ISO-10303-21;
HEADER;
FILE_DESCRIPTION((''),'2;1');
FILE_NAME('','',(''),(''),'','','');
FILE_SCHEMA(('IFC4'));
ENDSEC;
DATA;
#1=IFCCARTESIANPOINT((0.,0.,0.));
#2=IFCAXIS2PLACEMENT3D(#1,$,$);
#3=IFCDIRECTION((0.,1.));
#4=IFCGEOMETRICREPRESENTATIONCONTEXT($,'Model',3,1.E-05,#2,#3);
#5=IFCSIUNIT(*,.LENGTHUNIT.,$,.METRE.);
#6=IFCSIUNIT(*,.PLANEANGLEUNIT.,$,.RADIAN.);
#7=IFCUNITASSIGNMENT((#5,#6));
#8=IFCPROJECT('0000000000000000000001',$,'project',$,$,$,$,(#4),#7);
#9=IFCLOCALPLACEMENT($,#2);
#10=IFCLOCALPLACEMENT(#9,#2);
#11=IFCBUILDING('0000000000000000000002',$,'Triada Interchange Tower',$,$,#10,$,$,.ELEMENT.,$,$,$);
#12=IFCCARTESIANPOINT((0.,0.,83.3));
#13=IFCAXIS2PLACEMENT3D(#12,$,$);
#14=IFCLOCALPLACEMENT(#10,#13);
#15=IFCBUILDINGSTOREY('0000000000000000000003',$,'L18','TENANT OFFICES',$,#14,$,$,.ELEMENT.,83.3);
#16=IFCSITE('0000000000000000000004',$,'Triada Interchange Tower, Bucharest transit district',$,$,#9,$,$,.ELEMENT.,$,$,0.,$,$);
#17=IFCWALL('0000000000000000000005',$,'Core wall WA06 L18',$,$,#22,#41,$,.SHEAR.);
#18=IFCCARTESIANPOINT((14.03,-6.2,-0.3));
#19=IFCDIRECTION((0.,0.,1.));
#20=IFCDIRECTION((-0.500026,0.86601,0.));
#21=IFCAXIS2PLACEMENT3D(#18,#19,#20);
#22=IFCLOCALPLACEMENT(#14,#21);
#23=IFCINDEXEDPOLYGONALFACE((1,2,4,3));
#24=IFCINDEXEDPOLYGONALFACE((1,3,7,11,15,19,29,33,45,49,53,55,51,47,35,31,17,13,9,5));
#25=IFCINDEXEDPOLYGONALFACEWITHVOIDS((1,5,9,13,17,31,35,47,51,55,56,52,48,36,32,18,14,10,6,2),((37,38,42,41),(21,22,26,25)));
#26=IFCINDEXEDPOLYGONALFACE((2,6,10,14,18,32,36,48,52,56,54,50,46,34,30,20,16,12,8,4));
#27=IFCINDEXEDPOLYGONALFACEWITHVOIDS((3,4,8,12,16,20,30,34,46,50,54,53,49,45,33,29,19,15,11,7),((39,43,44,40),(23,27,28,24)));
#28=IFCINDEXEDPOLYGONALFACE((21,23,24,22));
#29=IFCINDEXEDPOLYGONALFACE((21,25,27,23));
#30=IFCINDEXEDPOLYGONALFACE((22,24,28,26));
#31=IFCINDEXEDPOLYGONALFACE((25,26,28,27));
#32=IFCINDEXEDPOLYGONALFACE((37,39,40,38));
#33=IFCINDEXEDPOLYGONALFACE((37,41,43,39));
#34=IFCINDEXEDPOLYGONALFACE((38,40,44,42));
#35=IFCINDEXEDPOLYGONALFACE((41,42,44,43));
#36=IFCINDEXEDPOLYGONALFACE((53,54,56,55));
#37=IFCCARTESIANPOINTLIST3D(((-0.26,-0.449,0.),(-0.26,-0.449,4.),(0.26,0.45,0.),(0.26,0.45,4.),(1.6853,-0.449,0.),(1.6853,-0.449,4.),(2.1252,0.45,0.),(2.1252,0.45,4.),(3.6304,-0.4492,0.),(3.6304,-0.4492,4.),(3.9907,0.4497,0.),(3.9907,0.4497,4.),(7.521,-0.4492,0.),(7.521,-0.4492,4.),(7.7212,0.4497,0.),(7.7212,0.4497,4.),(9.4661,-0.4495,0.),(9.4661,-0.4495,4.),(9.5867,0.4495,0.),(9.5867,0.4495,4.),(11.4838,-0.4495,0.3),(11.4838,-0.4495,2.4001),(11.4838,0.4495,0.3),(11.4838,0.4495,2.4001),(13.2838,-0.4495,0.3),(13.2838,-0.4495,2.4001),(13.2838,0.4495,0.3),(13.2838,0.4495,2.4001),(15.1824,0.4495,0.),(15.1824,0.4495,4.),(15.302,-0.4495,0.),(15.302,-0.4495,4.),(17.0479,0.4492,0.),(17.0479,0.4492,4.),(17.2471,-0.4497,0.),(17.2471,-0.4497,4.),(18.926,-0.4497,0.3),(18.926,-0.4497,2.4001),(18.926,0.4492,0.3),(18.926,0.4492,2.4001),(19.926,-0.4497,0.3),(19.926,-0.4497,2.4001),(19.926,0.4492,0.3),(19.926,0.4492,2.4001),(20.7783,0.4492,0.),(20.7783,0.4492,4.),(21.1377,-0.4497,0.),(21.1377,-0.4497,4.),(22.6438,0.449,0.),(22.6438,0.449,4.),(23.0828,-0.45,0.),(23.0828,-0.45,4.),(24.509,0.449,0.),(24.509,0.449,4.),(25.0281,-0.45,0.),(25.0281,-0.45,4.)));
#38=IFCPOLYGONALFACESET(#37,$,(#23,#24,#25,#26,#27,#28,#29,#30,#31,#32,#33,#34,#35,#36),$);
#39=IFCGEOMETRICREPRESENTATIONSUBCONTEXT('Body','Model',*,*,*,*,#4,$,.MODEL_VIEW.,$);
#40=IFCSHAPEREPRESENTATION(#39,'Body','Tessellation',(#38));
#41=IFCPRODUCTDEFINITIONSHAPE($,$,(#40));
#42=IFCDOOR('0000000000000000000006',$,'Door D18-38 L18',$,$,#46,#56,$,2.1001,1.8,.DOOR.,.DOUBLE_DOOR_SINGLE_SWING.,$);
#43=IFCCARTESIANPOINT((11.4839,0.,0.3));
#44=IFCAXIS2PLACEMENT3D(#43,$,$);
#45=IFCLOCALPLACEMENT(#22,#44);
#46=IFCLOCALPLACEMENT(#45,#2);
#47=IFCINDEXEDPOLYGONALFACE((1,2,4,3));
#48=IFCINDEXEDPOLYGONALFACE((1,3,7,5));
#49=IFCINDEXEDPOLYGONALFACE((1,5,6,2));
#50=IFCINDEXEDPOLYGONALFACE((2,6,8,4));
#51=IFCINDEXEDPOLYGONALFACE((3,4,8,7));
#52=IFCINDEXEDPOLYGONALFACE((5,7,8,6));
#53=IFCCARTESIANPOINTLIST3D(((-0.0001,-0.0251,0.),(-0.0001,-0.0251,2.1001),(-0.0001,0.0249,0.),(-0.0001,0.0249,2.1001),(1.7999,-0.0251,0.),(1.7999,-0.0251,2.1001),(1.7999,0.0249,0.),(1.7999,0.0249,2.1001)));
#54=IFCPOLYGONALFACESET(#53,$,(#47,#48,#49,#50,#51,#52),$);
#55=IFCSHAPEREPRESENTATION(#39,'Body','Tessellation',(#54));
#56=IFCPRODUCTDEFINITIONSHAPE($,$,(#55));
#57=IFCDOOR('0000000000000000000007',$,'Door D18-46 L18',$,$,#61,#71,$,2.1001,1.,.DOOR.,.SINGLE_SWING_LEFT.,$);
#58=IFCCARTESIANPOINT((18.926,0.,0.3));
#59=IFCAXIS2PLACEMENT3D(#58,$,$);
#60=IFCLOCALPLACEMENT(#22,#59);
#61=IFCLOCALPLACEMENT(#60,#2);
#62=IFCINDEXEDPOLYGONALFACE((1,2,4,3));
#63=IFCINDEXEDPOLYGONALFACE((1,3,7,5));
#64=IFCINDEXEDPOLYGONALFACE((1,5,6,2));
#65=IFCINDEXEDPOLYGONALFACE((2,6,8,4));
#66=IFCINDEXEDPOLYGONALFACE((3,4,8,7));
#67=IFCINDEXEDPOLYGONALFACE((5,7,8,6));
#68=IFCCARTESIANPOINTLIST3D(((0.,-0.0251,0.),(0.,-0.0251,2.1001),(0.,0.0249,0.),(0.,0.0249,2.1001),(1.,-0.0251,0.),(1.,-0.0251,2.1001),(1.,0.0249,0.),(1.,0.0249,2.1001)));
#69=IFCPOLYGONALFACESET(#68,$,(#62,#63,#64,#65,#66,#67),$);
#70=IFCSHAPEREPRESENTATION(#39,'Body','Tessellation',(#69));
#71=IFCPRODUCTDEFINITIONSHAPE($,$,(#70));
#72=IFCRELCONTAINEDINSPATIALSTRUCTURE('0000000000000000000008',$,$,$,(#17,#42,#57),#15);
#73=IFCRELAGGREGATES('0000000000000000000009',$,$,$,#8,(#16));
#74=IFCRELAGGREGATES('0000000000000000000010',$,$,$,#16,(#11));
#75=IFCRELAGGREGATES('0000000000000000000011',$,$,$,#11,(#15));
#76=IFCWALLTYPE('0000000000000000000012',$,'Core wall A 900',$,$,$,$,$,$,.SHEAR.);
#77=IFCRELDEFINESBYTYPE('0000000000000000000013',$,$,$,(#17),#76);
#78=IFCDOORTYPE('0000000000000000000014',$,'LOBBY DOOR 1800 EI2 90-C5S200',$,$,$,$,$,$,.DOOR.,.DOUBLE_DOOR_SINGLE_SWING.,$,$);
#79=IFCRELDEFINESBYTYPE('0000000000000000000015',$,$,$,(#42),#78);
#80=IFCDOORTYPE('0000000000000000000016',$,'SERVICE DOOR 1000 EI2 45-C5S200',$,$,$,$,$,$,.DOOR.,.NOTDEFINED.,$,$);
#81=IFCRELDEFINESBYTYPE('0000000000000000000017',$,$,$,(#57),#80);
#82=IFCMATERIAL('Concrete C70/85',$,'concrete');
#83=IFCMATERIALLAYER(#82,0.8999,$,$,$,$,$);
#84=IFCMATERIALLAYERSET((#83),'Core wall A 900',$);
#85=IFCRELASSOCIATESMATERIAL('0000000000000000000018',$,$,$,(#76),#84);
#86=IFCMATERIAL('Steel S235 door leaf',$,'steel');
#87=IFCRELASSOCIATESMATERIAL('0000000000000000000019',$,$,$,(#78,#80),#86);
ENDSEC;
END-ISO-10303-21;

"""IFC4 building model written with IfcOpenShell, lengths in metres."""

from ifc_helpers import new_model, si_unit, direction, frame, frame_2d, origin, place, context, subcontext, project, spatial, polyline, rectangle, outline, extrude, material, layer, layer_set, type_object, element, fill, save


model = new_model("IFC4")

# Units and contexts
model_context = context("Model", 3, precision=1e-05, world=origin(), true_north=direction((0.0, 1.0)))
body_context = subcontext(model_context, "Body", "Model", "MODEL_VIEW")
ifc_project = project(units=[si_unit("LENGTHUNIT", "METRE"), si_unit("PLANEANGLEUNIT", "RADIAN")], contexts=[model_context])

# Site, building, storey
site_placement = place(None, origin())
site = spatial("IfcSite", under=ifc_project, at=site_placement, Name="Triada Interchange Tower, Bucharest transit district", CompositionType="ELEMENT", RefElevation=0.0)
building_placement = place(site_placement, origin())
building = spatial("IfcBuilding", under=site, at=building_placement, Name="Triada Interchange Tower", CompositionType="ELEMENT")
storey_placement = place(building_placement, frame((0.0, 0.0, 83.3)))
storey = spatial("IfcBuildingStorey", under=building, at=storey_placement, Name="L18", Description="TENANT OFFICES", CompositionType="ELEMENT", Elevation=83.3)

# Shared definitions
ifc_material_1 = material(Name="Steel S235 door leaf", Category="steel")

# Wall, openings, doors
ifc_material_2 = material(Name="Concrete C70/85", Category="concrete")
ifc_layer_1 = layer(ifc_material_2, 0.8999)
ifc_layer_set_1 = layer_set([ifc_layer_1], Name="Core wall A 900")
wall_type_1 = type_object("IfcWallType", Name="Core wall A 900", PredefinedType="SHEAR", material=ifc_layer_set_1)
wall_1_placement = place(storey_placement, frame((14.03, -6.2, -0.3), z_axis=(0.0, 0.0, 1.0), x_axis=(-0.500026, 0.86601, 0.0)))
wall_1 = element("IfcWall", 1, at=wall_1_placement, inside=storey, type_object=wall_type_1, Name="Core wall WA06 L18", PredefinedType="SHEAR", context=body_context, shape_type="SweptSolid", body=[
    extrude(outline(polyline([(-0.26, -0.449), (1.6853, -0.449), (3.6304, -0.4492), (5.5757, -0.4492), (7.521, -0.4492), (9.4661, -0.4495), (11.4114, -0.4495), (13.3567, -0.4495), (15.302, -0.4495), (17.2471, -0.4497), (19.1924, -0.4497), (21.1377, -0.4497), (23.0828, -0.45), (25.0281, -0.45), (24.509, 0.449), (22.6438, 0.449), (20.7783, 0.4492), (18.9131, 0.4492), (17.0479, 0.4492), (15.1824, 0.4495), (13.3171, 0.4495), (11.4519, 0.4495), (9.5867, 0.4495), (7.7212, 0.4497), (5.856, 0.4497), (3.9907, 0.4497), (2.1252, 0.45), (0.26, 0.45), (-0.26, -0.449)])), origin(), (0.0, 0.0, 1.0), 4.0),
])
opening_1_placement = place(wall_1_placement, frame((11.4839, 0.0, 0.3)))
opening_1 = element("IfcOpeningElement", 2, at=opening_1_placement, cuts=wall_1, PredefinedType="OPENING", context=body_context, shape_type="SweptSolid", body=[
    extrude(rectangle(XDim=1.8, YDim=2.1001, at=frame_2d((0.8999, 1.05))), frame((0.0, 0.46, 0.0), z_axis=(0.0, -1.0, 0.0), x_axis=(1.0, 0.0, 0.0)), (0.0, 0.0, 1.0), 0.9199),
])
opening_2_placement = place(wall_1_placement, frame((18.926, 0.0, 0.3)))
opening_2 = element("IfcOpeningElement", 3, at=opening_2_placement, cuts=wall_1, PredefinedType="OPENING", context=body_context, shape_type="SweptSolid", body=[
    extrude(rectangle(XDim=1.0, YDim=2.1001, at=frame_2d((0.5, 1.05))), frame((0.0, 0.46, 0.0), z_axis=(0.0, -1.0, 0.0), x_axis=(1.0, 0.0, 0.0)), (0.0, 0.0, 1.0), 0.9199),
])
door_type_1 = type_object("IfcDoorType", Name="LOBBY DOOR 1800 EI2 90-C5S200", OperationType="DOUBLE_DOOR_SINGLE_SWING", PredefinedType="DOOR", material=ifc_material_1)
door_1_placement = place(opening_1_placement, origin())
door_1 = element("IfcDoor", 4, at=door_1_placement, inside=storey, type_object=door_type_1, Name="Door D18-38 L18", OperationType="DOUBLE_DOOR_SINGLE_SWING", OverallHeight=2.1001, OverallWidth=1.8, PredefinedType="DOOR", context=body_context, shape_type="SweptSolid", body=[
    extrude(rectangle(XDim=1.8, YDim=2.1001, at=frame_2d((0.8999, 1.05))), frame((0.0, 0.0249, 0.0), z_axis=(0.0, -1.0, 0.0), x_axis=(1.0, 0.0, 0.0)), (0.0, 0.0, 1.0), 0.05),
])
fill(opening_1, door_1)
door_type_2 = type_object("IfcDoorType", Name="SERVICE DOOR 1000 EI2 45-C5S200", OperationType="NOTDEFINED", PredefinedType="DOOR", material=ifc_material_1)
door_2_placement = place(opening_2_placement, origin())
door_2 = element("IfcDoor", 5, at=door_2_placement, inside=storey, type_object=door_type_2, Name="Door D18-46 L18", OperationType="SINGLE_SWING_LEFT", OverallHeight=2.1001, OverallWidth=1.0, PredefinedType="DOOR", context=body_context, shape_type="SweptSolid", body=[
    extrude(rectangle(XDim=1.0, YDim=2.1001, at=frame_2d((0.5, 1.05))), frame((0.0, 0.0249, 0.0), z_axis=(0.0, -1.0, 0.0), x_axis=(1.0, 0.0, 0.0)), (0.0, 0.0, 1.0), 0.05),
])
fill(opening_2, door_2)

save(model, "model.ifc")
